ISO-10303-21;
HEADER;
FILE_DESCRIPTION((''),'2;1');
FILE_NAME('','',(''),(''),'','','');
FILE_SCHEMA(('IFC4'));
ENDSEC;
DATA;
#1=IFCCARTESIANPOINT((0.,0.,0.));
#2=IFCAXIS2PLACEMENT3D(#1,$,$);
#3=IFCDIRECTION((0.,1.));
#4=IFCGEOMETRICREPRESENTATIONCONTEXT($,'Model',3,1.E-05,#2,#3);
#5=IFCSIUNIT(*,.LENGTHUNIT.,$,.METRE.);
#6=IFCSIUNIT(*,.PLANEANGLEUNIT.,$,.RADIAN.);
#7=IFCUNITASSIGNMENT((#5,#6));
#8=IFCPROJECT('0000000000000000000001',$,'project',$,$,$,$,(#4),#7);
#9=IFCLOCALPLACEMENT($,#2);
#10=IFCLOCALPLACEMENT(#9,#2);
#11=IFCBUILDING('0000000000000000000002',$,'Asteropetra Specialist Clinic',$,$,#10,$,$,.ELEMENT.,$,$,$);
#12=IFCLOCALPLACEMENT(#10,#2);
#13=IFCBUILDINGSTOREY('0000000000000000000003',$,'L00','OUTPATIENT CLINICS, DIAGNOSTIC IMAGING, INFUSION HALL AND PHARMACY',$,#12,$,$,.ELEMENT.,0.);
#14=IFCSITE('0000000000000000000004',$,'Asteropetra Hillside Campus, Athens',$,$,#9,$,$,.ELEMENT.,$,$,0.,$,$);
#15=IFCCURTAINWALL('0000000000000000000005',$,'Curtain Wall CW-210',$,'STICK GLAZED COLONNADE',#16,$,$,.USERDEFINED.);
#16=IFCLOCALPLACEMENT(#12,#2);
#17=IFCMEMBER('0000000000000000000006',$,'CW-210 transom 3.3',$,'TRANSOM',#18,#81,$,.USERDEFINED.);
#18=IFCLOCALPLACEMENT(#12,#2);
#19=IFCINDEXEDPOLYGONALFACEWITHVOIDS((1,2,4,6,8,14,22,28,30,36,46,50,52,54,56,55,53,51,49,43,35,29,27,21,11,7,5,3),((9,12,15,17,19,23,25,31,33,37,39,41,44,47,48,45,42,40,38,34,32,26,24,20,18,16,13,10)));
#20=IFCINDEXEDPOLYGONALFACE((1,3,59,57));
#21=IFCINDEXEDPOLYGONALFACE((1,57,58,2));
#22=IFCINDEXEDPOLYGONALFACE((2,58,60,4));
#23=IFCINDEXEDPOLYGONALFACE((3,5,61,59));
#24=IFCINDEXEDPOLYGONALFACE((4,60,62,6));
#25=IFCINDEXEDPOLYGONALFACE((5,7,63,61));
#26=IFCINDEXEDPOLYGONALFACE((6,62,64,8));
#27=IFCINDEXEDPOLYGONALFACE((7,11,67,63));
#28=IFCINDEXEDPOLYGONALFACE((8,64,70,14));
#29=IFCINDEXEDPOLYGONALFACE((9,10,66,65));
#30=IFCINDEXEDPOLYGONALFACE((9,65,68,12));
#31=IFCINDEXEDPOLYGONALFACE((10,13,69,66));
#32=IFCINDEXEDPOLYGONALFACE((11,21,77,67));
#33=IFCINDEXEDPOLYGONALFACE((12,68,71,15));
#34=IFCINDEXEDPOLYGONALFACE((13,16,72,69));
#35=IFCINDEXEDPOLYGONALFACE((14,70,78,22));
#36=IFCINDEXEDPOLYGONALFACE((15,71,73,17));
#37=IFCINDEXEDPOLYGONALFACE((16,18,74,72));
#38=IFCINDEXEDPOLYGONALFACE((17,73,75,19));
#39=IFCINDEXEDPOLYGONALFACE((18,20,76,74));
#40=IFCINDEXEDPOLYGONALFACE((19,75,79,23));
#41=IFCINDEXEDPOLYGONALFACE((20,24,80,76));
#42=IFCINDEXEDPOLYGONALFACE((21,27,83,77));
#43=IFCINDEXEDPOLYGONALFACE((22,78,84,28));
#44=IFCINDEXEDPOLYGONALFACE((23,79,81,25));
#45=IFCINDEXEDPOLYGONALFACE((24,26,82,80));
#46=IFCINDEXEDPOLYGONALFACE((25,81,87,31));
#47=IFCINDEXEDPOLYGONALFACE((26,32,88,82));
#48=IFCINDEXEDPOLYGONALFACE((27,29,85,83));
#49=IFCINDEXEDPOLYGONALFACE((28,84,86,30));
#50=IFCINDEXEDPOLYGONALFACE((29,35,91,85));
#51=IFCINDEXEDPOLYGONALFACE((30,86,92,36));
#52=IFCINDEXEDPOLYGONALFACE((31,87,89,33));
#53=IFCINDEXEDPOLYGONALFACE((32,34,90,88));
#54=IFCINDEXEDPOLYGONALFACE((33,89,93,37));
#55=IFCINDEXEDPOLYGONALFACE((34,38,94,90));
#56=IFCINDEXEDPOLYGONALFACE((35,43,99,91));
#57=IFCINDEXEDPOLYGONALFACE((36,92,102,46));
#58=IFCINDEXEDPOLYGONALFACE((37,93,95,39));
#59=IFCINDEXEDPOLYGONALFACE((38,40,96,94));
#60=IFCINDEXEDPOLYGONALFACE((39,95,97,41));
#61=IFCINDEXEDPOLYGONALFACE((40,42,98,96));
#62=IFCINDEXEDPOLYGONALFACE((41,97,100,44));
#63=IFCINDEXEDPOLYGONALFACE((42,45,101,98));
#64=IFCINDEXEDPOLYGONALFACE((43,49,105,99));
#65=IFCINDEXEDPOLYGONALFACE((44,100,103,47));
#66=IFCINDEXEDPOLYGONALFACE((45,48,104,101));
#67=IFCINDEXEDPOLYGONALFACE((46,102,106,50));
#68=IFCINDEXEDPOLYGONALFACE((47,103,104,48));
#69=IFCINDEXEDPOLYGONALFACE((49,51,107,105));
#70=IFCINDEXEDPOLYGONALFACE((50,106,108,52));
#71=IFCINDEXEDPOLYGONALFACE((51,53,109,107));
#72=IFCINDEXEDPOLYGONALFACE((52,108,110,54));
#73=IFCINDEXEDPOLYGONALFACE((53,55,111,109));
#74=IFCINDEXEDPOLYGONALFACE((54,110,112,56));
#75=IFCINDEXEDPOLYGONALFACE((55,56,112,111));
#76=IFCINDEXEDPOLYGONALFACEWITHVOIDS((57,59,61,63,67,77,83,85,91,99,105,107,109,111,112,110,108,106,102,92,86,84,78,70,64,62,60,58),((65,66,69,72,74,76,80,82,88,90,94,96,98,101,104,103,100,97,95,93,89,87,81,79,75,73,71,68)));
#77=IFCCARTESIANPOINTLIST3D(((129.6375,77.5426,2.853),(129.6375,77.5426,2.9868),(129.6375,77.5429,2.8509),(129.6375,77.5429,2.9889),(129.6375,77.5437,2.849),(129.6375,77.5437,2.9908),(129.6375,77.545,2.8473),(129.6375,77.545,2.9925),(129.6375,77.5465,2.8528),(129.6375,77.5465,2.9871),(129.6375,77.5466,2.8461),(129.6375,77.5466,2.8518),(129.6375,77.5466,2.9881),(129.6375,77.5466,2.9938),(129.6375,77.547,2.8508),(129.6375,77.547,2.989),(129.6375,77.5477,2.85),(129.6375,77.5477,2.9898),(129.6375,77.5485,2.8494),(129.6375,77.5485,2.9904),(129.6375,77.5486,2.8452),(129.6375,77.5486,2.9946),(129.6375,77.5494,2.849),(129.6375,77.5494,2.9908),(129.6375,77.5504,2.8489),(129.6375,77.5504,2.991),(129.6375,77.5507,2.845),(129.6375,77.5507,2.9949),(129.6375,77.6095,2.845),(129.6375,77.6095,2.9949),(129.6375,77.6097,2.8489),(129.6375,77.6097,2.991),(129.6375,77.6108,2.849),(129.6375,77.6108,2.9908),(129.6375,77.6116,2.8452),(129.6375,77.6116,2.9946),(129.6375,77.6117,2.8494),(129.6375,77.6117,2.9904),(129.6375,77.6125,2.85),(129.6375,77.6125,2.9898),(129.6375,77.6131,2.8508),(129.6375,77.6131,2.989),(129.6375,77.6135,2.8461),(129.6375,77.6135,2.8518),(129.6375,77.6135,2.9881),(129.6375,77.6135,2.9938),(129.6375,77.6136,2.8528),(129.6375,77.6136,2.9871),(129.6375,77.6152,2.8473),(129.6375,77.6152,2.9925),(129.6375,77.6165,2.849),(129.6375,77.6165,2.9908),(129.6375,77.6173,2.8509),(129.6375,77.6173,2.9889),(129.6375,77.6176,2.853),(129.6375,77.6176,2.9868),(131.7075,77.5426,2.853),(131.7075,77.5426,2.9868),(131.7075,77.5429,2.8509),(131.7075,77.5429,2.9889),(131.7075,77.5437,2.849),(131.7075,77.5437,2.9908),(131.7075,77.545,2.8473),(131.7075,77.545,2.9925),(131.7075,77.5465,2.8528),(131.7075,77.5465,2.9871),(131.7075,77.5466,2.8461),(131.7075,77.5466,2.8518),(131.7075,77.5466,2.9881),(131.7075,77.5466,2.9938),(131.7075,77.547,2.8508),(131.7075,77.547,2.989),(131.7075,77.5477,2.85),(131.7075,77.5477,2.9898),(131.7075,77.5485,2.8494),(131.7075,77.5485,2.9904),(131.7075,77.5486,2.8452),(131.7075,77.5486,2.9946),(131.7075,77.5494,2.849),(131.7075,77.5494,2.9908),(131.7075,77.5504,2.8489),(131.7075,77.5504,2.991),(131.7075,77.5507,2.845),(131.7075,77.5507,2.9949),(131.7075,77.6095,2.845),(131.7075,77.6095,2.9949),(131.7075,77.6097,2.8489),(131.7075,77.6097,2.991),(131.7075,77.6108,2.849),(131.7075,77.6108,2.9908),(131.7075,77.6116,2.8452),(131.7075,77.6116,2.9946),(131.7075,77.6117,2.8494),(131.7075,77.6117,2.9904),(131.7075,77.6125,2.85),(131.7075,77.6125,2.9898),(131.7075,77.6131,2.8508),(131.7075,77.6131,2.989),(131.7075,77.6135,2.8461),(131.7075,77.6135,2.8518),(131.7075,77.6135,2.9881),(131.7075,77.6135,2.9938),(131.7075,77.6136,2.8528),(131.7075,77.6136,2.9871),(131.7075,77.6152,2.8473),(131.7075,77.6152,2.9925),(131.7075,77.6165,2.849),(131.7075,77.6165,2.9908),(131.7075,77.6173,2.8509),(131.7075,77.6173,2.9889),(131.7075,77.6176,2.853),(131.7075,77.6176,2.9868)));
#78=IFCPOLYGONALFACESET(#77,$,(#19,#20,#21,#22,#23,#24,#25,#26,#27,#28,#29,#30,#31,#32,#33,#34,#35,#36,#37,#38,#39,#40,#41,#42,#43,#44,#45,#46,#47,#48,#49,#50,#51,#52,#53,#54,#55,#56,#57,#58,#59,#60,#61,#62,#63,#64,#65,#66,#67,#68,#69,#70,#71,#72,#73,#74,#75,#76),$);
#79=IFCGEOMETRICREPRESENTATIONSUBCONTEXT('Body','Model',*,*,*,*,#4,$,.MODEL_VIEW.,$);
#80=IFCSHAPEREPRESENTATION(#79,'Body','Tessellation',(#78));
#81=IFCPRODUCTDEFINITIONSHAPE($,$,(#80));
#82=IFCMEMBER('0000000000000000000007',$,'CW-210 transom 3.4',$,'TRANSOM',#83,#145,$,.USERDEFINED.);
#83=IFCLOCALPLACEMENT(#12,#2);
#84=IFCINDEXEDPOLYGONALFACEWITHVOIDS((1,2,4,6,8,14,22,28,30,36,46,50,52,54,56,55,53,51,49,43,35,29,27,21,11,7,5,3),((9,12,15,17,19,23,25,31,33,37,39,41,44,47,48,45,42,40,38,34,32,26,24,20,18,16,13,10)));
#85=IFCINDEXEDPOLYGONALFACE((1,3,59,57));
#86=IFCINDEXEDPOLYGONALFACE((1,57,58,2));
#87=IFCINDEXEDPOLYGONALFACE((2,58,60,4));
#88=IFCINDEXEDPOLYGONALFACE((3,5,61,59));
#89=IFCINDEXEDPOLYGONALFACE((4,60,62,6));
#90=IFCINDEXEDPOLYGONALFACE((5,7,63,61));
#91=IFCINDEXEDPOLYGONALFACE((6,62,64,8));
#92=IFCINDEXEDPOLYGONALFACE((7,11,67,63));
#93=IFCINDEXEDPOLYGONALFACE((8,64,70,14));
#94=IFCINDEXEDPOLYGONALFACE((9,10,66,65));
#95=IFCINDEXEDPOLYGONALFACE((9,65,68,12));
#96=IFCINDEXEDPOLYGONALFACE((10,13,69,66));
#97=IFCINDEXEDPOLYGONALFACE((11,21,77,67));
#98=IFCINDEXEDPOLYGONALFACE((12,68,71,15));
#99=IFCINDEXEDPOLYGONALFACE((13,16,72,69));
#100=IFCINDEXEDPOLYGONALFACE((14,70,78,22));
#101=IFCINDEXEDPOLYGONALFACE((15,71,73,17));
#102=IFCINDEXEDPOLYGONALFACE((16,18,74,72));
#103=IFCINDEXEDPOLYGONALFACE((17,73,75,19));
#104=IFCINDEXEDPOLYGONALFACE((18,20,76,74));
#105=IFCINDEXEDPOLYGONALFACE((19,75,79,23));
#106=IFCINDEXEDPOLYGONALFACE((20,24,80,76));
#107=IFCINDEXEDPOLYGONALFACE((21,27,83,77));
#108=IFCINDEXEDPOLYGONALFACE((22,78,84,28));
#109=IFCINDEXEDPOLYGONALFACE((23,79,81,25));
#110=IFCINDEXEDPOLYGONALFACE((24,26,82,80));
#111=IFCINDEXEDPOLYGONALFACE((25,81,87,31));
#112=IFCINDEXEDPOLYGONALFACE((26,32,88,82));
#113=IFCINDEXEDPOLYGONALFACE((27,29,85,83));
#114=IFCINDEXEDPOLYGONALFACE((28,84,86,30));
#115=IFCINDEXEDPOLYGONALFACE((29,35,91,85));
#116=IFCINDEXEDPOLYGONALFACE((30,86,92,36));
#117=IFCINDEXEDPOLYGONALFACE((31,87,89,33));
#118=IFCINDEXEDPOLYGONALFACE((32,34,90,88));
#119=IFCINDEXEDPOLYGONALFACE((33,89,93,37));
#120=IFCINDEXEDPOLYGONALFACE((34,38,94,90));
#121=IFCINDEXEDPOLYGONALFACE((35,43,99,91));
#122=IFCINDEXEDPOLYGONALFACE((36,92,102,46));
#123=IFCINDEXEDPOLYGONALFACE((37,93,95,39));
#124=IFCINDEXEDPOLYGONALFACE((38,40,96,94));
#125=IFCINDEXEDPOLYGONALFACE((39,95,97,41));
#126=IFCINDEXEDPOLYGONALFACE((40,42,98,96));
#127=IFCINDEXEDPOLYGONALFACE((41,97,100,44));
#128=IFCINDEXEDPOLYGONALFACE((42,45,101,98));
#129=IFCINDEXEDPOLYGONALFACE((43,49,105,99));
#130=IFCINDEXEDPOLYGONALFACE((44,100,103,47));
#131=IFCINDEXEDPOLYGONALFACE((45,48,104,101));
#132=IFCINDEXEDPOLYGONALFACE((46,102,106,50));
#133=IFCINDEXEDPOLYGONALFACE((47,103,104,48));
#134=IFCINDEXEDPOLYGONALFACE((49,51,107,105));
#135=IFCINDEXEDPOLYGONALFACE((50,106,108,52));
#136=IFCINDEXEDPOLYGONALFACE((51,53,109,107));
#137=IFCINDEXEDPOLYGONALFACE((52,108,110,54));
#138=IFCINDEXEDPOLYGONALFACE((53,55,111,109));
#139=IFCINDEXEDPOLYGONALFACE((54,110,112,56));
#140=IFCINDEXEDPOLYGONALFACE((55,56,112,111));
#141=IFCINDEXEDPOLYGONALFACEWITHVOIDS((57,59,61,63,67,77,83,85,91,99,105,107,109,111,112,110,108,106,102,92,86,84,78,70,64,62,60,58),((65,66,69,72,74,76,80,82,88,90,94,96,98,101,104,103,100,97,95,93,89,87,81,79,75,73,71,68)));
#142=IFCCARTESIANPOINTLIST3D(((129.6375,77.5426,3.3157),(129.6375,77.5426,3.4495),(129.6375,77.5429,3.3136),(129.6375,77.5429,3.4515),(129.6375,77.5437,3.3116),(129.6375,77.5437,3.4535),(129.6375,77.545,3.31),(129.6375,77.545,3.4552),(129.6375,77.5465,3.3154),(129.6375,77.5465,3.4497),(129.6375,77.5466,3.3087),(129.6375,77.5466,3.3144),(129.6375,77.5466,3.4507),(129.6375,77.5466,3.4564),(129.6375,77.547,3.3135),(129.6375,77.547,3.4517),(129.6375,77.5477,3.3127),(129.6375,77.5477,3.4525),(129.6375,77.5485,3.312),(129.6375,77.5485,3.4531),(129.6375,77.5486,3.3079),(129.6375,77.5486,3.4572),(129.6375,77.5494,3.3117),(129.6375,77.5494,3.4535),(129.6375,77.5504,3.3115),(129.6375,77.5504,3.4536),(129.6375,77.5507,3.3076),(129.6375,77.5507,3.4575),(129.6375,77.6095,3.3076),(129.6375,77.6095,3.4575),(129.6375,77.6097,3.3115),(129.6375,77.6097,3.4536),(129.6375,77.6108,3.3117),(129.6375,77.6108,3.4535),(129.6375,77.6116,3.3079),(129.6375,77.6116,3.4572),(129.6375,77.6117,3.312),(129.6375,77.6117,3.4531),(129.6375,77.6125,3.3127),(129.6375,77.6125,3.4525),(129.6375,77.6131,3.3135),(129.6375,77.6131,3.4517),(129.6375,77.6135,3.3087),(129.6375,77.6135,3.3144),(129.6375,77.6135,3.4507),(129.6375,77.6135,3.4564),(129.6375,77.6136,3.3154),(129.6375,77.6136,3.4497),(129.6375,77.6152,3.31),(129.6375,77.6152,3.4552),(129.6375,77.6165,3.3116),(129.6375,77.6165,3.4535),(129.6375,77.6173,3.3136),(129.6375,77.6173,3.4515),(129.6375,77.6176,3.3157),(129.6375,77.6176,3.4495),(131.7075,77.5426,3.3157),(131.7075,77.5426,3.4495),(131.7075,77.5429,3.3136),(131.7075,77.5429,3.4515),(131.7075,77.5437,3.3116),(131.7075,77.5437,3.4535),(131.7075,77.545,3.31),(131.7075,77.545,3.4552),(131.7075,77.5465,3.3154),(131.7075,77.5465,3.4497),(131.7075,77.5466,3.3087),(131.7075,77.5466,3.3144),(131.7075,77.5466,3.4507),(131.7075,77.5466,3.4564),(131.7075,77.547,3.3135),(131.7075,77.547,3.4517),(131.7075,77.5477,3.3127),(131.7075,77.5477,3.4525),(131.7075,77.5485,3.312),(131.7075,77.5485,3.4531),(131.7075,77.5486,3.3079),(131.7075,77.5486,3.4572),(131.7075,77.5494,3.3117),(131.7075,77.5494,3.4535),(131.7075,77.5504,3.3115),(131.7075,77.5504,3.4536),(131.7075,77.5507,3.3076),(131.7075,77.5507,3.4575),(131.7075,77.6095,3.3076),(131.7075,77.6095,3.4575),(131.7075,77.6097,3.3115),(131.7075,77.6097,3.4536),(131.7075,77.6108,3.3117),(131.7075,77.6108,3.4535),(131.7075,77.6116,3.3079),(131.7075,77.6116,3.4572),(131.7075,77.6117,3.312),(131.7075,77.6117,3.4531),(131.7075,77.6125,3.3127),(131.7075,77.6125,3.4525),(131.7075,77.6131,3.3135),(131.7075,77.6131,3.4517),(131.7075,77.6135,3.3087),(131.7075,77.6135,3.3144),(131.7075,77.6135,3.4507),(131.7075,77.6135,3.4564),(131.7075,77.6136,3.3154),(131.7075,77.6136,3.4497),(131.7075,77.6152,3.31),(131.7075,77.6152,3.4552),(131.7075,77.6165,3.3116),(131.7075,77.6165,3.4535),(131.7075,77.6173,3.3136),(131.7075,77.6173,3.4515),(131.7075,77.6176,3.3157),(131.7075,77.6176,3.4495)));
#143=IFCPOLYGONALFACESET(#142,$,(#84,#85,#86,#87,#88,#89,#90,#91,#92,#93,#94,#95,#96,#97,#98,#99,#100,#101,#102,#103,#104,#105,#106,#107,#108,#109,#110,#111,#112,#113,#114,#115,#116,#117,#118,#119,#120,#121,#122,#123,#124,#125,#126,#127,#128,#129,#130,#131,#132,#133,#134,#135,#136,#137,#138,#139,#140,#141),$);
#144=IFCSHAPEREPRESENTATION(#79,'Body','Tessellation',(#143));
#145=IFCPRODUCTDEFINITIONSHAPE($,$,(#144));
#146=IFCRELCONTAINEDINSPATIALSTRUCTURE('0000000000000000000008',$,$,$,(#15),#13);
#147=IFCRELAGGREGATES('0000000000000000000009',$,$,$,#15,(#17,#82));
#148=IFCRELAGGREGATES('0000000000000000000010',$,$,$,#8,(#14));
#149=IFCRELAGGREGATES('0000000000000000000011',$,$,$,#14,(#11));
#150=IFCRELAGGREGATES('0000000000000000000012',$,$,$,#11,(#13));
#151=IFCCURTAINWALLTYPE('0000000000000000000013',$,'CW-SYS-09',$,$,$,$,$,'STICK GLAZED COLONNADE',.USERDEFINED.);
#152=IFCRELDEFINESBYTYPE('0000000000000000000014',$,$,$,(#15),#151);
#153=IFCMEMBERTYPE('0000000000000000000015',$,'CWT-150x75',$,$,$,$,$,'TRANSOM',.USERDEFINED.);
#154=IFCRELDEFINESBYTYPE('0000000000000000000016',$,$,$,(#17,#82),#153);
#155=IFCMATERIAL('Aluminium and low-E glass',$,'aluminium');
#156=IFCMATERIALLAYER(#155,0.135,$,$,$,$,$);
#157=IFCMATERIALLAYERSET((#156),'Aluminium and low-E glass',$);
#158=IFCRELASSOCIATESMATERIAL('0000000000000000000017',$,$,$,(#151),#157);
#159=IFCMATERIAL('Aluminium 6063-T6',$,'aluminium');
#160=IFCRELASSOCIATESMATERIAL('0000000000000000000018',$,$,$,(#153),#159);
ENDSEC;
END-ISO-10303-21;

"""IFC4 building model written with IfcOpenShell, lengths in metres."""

from ifc_helpers import new_model, si_unit, direction, frame, origin, origin_2d, place, context, subcontext, project, spatial, hollow_rectangle, extrude, material, layer, layer_set, material_profile, profile_set, type_object, element, aggregate, save


model = new_model("IFC4")

# Units and contexts
model_context = context("Model", 3, precision=1e-05, world=origin(), true_north=direction((0.0, 1.0)))
body_context = subcontext(model_context, "Body", "Model", "MODEL_VIEW")
ifc_project = project(units=[si_unit("LENGTHUNIT", "METRE"), si_unit("PLANEANGLEUNIT", "RADIAN")], contexts=[model_context])

# Site, building, storey
site_placement = place(None, origin())
site = spatial("IfcSite", under=ifc_project, at=site_placement, Name="Asteropetra Hillside Campus, Athens", CompositionType="ELEMENT", RefElevation=0.0)
building_placement = place(site_placement, origin())
building = spatial("IfcBuilding", under=site, at=building_placement, Name="Asteropetra Specialist Clinic", CompositionType="ELEMENT")
storey_placement = place(building_placement, origin())
storey = spatial("IfcBuildingStorey", under=building, at=storey_placement, Name="L00", Description="OUTPATIENT CLINICS, DIAGNOSTIC IMAGING, INFUSION HALL AND PHARMACY", CompositionType="ELEMENT", Elevation=0.0)

# Curtain wall, members
ifc_material_1 = material(Name="Aluminium and low-E glass", Category="aluminium")
ifc_layer_1 = layer(ifc_material_1, 0.135)
ifc_layer_set_1 = layer_set([ifc_layer_1], Name="Aluminium and low-E glass")
curtain_wall_type = type_object("IfcCurtainWallType", Name="CW-SYS-09", ElementType="STICK GLAZED COLONNADE", PredefinedType="USERDEFINED", material=ifc_layer_set_1)
curtain_wall_placement = place(storey_placement, origin())
curtain_wall = element("IfcCurtainWall", 1, at=curtain_wall_placement, inside=storey, type_object=curtain_wall_type, Name="Curtain Wall CW-210", ObjectType="STICK GLAZED COLONNADE", PredefinedType="USERDEFINED")
ifc_material_2 = material(Name="Aluminium 6063-T6", Category="aluminium")
ifc_material_profile_1 = material_profile(ifc_material_2, hollow_rectangle(XDim=0.075, YDim=0.1499, WallThickness=0.0039, InnerFilletRadius=0.0039, OuterFilletRadius=0.0081, at=origin_2d()), Name="TRN 150x75x4.0")
ifc_profile_set_1 = profile_set([ifc_material_profile_1], Name="Aluminium 6063-T6")
member_type_1 = type_object("IfcMemberType", Name="CWT-150x75", ElementType="TRANSOM", PredefinedType="USERDEFINED", material=ifc_profile_set_1)
member_1_placement = place(storey_placement, frame((129.6375, 77.5801, 2.9199), z_axis=(1.0, 0.0, 0.0), x_axis=(0.0, 1.0, 0.0)))
member_1 = element("IfcMember", 2, at=member_1_placement, type_object=member_type_1, Name="CW-210 transom 3.3", ObjectType="TRANSOM", PredefinedType="USERDEFINED", context=body_context, shape_type="SweptSolid", body=[
    extrude(hollow_rectangle(XDim=0.075, YDim=0.1499, WallThickness=0.0039, InnerFilletRadius=0.0039, OuterFilletRadius=0.0081, at=origin_2d()), origin(), (0.0, 0.0, 1.0), 2.0701),
])
member_2_placement = place(storey_placement, frame((129.6375, 77.5801, 3.3826), z_axis=(1.0, 0.0, 0.0), x_axis=(0.0, 1.0, 0.0)))
member_2 = element("IfcMember", 3, at=member_2_placement, type_object=member_type_1, Name="CW-210 transom 3.4", ObjectType="TRANSOM", PredefinedType="USERDEFINED", context=body_context, shape_type="SweptSolid", body=[
    extrude(hollow_rectangle(XDim=0.075, YDim=0.1499, WallThickness=0.0039, InnerFilletRadius=0.0039, OuterFilletRadius=0.0081, at=origin_2d()), origin(), (0.0, 0.0, 1.0), 2.0701),
])
aggregate(curtain_wall, [member_1, member_2])

save(model, "model.ifc")
